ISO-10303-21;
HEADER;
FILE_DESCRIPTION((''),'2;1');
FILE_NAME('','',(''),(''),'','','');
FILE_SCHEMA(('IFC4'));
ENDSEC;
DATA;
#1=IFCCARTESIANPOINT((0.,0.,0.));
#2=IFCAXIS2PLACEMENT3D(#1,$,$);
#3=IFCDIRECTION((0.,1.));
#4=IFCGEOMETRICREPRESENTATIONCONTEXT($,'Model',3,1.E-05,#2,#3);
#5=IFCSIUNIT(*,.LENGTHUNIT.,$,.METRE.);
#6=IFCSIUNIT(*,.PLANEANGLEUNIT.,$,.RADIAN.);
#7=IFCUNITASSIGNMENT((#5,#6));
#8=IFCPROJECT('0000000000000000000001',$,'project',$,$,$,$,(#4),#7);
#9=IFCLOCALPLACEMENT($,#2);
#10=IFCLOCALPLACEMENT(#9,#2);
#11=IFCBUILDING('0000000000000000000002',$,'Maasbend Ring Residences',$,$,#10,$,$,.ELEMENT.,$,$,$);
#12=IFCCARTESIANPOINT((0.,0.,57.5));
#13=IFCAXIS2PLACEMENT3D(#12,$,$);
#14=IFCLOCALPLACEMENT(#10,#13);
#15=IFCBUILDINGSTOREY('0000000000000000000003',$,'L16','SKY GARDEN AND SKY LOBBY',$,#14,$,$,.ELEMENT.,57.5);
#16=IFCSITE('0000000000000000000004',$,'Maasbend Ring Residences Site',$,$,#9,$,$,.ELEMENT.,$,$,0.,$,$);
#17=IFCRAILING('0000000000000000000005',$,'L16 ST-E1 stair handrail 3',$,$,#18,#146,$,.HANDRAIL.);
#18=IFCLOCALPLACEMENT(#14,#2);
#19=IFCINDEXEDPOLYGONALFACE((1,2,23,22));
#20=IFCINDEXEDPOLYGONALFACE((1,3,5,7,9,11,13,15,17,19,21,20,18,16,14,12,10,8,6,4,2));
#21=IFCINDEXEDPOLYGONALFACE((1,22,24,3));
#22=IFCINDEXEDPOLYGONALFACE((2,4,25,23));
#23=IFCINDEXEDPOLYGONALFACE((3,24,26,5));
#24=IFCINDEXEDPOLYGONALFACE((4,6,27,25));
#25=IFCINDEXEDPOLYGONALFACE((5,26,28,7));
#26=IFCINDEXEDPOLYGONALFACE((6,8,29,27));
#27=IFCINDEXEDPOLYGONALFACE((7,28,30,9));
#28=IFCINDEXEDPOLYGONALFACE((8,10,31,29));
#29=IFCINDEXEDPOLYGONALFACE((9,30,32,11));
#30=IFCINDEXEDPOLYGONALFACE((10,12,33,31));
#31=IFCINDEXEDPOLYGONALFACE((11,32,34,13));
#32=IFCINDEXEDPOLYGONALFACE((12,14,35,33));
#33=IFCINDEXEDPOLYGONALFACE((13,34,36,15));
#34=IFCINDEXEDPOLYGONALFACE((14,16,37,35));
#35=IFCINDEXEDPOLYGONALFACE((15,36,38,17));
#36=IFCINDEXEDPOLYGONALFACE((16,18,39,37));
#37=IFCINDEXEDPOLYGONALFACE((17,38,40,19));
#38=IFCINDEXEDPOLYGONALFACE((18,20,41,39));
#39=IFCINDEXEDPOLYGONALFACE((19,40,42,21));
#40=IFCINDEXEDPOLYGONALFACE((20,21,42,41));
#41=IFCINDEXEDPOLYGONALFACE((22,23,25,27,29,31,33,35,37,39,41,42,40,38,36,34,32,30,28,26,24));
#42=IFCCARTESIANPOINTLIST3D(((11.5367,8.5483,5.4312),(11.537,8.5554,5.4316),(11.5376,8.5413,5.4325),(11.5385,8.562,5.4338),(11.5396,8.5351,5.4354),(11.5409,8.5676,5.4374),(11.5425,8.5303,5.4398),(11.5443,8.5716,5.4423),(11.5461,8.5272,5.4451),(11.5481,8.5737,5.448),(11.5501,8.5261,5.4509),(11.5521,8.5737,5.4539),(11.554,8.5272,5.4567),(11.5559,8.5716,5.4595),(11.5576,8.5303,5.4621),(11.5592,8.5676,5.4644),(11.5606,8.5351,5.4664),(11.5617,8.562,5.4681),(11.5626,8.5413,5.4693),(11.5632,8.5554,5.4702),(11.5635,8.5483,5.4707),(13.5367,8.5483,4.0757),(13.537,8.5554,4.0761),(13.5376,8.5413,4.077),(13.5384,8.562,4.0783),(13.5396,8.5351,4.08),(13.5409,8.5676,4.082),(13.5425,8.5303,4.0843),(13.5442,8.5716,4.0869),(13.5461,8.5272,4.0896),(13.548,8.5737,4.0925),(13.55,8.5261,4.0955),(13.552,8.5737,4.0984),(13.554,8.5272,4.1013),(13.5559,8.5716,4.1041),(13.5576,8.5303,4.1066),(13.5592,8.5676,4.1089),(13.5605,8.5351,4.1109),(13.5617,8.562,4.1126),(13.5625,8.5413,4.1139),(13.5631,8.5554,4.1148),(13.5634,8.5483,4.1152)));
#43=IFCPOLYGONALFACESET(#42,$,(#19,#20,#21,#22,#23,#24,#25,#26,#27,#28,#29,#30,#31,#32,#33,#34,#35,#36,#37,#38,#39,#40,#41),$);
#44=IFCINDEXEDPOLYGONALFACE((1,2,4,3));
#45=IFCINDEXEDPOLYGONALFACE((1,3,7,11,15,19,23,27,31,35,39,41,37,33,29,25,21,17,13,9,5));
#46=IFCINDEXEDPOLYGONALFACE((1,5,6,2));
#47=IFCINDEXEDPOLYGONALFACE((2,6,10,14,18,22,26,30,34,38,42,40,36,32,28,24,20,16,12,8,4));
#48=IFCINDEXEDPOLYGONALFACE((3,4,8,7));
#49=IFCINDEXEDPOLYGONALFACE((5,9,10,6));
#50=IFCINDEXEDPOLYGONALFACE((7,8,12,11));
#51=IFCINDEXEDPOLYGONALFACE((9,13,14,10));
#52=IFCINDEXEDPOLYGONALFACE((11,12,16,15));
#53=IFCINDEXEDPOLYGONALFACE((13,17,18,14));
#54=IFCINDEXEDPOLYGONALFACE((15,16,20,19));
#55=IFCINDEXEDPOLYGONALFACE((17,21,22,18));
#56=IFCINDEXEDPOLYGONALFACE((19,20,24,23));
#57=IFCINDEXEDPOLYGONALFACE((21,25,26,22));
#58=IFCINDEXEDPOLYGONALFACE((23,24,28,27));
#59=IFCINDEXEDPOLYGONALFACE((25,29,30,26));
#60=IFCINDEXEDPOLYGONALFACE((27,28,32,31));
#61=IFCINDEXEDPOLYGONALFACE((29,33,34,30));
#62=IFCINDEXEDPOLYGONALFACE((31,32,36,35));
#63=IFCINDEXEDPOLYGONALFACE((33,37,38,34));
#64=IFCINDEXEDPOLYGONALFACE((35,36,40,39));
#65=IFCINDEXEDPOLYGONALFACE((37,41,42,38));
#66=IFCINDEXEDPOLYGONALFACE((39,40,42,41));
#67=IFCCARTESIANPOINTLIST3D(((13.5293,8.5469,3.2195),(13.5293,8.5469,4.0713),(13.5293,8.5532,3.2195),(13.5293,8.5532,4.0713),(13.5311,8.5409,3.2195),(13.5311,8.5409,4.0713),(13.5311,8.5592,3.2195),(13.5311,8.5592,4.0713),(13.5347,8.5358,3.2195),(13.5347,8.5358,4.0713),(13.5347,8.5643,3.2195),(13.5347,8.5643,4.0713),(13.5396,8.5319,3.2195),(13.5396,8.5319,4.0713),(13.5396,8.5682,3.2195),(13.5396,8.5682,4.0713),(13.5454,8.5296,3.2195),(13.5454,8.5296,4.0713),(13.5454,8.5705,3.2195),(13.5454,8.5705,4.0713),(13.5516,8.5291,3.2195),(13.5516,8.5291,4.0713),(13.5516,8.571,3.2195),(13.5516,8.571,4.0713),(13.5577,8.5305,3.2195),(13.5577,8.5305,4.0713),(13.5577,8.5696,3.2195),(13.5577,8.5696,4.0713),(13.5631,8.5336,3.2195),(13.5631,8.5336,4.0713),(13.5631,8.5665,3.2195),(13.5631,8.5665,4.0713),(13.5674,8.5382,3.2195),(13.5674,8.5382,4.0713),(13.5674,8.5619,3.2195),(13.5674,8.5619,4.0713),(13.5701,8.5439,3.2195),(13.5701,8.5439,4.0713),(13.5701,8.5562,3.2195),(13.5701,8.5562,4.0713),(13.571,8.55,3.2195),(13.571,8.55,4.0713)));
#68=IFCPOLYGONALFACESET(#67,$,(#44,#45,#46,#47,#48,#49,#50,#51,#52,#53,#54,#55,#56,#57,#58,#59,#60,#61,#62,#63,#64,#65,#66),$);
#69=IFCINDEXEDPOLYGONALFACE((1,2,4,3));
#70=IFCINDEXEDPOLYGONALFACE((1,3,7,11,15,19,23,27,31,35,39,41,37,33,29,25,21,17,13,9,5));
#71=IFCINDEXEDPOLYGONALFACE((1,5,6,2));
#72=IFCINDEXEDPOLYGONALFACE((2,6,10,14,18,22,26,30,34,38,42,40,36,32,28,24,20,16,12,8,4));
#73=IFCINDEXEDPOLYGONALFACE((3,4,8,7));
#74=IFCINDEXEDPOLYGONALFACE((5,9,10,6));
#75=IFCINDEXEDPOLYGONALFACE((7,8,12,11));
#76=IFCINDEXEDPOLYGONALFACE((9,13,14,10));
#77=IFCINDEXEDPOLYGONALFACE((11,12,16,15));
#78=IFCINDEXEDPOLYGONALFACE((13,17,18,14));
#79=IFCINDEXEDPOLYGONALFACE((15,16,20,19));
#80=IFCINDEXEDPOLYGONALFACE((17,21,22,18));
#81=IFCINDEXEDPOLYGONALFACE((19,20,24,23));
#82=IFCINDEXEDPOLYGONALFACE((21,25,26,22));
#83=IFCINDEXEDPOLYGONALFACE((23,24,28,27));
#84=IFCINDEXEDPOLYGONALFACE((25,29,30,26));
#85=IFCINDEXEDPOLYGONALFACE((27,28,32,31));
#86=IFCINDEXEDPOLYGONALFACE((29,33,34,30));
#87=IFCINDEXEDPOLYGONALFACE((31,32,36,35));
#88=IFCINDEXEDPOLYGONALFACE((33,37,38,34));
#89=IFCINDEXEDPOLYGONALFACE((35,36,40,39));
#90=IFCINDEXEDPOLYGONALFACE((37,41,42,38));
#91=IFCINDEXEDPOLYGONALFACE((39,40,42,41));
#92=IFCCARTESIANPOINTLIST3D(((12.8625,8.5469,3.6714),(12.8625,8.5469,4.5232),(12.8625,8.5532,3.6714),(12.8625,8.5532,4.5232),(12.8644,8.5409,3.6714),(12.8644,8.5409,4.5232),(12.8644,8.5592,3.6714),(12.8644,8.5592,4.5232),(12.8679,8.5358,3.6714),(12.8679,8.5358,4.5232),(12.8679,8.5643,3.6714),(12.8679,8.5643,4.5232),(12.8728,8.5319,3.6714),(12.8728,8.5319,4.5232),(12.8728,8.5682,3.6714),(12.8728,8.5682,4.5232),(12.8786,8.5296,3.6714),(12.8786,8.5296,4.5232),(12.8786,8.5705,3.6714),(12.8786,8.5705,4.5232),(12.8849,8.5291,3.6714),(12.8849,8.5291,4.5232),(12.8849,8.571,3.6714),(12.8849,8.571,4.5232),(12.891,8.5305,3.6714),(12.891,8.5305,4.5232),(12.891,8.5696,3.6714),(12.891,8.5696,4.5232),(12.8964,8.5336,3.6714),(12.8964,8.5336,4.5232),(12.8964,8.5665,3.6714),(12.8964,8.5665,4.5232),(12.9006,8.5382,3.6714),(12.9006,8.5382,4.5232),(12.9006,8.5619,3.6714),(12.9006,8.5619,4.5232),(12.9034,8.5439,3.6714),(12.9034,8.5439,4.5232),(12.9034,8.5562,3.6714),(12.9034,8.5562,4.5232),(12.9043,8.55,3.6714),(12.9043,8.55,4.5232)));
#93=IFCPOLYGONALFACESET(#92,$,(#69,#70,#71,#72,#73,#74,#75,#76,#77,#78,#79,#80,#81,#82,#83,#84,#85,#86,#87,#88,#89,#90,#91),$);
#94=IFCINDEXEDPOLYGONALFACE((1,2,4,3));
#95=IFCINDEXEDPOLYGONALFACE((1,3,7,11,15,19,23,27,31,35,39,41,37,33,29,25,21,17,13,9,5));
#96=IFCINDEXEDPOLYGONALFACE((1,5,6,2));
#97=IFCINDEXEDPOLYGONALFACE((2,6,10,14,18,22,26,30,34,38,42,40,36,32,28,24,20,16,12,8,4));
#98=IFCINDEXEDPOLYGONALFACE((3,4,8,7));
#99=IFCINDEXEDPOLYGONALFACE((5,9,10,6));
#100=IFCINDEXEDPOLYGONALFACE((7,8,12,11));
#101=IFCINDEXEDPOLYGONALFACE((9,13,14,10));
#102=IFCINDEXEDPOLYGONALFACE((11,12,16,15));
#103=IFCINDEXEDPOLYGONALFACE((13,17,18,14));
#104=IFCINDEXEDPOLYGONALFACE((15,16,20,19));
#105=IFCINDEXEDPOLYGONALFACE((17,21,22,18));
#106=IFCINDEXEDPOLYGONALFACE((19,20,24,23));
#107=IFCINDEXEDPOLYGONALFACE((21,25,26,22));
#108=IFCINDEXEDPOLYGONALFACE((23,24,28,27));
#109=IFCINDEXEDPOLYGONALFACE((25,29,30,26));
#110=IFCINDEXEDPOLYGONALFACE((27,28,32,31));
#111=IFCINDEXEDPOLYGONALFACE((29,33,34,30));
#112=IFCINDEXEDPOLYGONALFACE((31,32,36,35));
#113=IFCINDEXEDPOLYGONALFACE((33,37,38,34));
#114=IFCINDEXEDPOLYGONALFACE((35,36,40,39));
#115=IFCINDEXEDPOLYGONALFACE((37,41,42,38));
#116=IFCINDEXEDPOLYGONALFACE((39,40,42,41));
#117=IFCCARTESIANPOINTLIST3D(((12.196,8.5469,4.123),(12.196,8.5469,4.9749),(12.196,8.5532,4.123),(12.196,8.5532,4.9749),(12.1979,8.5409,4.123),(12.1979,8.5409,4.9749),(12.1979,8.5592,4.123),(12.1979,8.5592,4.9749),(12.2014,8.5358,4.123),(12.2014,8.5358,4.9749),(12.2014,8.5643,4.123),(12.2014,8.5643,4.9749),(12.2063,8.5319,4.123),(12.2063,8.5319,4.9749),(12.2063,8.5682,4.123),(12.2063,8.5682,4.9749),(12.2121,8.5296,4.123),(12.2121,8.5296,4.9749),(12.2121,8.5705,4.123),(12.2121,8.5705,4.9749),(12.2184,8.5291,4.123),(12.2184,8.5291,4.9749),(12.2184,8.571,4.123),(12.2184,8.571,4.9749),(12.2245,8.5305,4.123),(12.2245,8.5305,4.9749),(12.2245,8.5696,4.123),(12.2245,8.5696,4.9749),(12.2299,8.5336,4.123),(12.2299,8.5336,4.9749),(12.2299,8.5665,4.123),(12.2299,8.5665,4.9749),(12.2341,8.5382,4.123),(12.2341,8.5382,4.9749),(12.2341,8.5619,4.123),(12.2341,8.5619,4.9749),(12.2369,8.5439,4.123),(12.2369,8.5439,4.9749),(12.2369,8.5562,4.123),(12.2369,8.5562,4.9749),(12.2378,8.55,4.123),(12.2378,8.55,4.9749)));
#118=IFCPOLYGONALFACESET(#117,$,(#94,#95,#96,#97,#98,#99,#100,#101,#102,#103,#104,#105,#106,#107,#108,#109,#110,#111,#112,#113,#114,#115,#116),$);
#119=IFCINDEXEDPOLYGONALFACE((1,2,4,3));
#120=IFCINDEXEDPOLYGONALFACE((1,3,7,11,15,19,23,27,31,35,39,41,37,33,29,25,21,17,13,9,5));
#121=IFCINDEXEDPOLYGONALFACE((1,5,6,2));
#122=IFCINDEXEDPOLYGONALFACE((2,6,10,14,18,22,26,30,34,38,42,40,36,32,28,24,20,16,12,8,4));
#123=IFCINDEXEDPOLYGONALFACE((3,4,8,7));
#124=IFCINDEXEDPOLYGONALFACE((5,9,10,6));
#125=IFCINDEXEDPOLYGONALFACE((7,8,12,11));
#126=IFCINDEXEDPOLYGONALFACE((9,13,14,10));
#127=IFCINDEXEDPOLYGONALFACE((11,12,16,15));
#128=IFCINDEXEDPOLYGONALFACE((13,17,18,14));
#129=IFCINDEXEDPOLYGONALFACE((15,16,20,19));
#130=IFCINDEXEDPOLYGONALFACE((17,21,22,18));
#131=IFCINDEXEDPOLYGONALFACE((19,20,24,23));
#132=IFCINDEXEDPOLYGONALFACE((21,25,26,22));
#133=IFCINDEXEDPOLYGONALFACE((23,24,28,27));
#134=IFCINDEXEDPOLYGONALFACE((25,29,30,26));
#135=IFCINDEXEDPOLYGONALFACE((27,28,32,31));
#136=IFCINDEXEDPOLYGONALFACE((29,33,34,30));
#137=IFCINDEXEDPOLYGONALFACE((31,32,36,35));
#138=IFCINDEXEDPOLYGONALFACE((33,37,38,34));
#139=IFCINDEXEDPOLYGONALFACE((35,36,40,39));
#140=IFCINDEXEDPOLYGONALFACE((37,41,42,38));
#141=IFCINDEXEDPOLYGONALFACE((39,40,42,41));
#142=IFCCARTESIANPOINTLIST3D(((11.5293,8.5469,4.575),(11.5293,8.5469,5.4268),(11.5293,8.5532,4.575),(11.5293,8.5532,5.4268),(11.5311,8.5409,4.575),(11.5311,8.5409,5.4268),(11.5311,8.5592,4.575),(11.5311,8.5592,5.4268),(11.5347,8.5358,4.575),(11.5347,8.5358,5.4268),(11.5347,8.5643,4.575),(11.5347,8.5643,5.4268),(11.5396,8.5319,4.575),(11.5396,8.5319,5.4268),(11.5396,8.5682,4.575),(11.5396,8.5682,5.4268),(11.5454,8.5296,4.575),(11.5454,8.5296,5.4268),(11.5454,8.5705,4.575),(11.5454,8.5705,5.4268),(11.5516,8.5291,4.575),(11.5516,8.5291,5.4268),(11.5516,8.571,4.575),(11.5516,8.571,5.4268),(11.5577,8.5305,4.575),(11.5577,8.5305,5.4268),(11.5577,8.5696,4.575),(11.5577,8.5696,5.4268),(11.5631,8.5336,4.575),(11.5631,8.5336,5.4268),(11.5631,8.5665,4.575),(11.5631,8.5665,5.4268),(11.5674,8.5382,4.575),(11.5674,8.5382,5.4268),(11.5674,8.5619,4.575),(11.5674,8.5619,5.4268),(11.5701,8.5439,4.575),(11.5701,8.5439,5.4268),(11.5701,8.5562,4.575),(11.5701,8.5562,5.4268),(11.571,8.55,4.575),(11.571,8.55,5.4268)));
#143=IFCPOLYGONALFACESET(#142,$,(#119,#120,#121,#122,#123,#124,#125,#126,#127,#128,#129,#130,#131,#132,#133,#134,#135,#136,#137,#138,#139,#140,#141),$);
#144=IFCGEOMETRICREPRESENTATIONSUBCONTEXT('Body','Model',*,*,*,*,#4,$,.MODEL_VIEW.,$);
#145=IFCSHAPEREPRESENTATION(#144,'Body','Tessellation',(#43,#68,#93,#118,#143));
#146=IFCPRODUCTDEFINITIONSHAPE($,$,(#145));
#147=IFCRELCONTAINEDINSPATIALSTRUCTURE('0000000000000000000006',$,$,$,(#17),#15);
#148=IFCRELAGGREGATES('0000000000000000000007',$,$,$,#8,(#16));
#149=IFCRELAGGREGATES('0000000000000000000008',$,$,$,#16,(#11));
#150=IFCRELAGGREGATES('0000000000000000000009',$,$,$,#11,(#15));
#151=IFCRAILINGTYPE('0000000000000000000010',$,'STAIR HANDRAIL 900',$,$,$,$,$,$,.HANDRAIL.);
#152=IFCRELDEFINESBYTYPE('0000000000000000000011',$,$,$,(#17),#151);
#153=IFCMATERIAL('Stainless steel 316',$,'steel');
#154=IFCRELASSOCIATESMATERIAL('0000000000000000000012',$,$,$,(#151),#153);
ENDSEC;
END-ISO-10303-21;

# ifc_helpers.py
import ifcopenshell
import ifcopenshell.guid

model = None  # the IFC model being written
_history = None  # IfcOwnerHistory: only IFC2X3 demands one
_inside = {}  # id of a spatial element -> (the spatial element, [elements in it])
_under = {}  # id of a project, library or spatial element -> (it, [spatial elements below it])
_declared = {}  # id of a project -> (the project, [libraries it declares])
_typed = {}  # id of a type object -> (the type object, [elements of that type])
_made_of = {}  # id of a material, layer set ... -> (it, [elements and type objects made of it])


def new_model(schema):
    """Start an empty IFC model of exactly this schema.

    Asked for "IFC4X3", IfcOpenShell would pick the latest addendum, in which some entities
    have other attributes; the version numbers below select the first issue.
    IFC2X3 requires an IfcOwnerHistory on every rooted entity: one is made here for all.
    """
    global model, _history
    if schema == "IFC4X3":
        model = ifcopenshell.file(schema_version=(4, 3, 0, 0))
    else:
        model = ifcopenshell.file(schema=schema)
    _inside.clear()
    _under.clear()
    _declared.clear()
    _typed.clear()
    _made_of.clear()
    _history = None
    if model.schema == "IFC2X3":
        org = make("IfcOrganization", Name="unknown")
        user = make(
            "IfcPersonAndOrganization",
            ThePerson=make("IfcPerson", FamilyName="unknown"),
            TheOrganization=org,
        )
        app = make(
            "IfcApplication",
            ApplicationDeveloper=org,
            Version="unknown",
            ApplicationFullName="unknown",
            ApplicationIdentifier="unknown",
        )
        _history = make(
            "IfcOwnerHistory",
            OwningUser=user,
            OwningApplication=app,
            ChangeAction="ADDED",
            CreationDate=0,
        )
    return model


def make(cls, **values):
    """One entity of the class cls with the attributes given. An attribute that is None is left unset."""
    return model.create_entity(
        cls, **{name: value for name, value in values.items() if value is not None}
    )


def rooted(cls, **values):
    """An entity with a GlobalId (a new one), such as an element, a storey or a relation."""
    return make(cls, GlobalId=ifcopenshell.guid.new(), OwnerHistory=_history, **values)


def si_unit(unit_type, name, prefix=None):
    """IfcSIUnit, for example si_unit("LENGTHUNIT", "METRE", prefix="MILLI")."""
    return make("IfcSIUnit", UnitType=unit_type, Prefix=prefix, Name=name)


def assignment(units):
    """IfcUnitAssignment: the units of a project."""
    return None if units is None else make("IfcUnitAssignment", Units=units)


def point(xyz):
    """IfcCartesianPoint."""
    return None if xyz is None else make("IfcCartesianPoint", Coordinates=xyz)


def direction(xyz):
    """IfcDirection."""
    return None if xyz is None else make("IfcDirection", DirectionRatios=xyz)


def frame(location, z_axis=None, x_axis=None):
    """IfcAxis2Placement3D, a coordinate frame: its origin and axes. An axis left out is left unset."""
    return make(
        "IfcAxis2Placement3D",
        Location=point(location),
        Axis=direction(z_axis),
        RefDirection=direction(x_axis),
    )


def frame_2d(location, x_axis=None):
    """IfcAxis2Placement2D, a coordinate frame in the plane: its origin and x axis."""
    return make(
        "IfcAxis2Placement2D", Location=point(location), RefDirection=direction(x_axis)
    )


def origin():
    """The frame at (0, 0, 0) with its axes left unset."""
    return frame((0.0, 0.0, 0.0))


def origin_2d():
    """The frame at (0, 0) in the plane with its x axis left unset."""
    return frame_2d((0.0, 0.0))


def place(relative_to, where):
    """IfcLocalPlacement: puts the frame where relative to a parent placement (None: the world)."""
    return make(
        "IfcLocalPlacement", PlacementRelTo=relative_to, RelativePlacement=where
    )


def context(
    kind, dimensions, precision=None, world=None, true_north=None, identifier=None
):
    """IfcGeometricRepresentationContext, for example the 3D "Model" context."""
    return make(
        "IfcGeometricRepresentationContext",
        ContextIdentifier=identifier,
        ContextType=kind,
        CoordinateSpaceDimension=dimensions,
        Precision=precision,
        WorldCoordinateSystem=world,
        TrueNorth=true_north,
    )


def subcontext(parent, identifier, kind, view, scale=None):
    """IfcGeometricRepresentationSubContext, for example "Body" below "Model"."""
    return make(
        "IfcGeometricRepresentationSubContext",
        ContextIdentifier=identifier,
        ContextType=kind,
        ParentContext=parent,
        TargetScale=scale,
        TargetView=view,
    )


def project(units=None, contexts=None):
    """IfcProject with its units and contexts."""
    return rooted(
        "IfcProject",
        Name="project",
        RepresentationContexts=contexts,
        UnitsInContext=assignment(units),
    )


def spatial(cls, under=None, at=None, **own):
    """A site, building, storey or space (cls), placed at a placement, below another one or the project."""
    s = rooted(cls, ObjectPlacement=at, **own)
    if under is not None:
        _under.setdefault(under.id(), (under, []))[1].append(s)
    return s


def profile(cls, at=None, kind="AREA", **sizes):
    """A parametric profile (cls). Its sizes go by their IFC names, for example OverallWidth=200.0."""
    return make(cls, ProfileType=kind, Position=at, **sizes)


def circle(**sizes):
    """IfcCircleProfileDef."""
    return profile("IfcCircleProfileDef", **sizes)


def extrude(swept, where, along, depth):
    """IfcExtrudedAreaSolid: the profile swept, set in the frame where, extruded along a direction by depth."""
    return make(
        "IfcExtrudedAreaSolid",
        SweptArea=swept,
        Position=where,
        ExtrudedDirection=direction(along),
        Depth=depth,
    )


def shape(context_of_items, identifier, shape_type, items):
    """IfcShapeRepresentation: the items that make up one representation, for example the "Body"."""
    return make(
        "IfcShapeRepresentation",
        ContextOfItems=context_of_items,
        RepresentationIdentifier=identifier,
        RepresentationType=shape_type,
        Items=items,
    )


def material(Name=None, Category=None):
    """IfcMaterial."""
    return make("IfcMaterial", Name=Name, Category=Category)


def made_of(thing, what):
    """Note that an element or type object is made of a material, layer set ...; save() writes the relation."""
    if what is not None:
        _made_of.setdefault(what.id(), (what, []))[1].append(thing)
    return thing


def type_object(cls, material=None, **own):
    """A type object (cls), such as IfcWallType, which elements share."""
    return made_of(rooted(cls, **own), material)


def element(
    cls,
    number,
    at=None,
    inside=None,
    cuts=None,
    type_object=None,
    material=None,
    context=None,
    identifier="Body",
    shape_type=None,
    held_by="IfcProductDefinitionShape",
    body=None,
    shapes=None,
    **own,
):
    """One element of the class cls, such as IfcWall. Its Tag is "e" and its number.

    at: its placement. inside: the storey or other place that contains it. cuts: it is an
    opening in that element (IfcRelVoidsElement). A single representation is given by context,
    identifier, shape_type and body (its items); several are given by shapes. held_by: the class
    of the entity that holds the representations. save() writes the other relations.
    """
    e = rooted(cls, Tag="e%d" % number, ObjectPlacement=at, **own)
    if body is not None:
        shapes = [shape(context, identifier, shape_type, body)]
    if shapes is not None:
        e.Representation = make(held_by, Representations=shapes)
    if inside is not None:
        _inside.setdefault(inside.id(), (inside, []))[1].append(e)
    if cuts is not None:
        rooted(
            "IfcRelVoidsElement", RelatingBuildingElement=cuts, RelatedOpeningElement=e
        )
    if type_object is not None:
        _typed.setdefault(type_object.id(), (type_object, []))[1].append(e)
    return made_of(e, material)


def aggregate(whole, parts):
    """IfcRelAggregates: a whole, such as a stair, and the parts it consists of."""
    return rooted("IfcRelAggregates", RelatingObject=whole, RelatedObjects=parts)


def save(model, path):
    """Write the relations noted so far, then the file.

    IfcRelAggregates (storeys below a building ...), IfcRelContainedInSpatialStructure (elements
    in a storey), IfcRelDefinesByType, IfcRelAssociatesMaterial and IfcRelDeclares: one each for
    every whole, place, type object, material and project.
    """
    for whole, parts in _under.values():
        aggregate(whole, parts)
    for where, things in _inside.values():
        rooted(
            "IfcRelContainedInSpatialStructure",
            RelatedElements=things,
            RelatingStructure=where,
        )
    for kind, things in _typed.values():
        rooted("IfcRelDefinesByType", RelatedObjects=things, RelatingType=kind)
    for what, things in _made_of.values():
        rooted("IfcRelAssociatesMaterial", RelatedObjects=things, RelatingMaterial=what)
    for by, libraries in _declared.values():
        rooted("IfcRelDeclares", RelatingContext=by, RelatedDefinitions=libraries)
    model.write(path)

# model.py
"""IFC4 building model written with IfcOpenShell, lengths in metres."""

from ifc_helpers import new_model, si_unit, direction, frame, origin, origin_2d, place, context, subcontext, project, spatial, circle, extrude, material, type_object, element, save


model = new_model("IFC4")

# Units and contexts
model_context = context("Model", 3, precision=1e-05, world=origin(), true_north=direction((0.0, 1.0)))
body_context = subcontext(model_context, "Body", "Model", "MODEL_VIEW")
ifc_project = project(units=[si_unit("LENGTHUNIT", "METRE"), si_unit("PLANEANGLEUNIT", "RADIAN")], contexts=[model_context])

# Site, building, storey
site_placement = place(None, origin())
site = spatial("IfcSite", under=ifc_project, at=site_placement, Name="Maasbend Ring Residences Site", CompositionType="ELEMENT", RefElevation=0.0)
building_placement = place(site_placement, origin())
building = spatial("IfcBuilding", under=site, at=building_placement, Name="Maasbend Ring Residences", CompositionType="ELEMENT")
storey_placement = place(building_placement, frame((0.0, 0.0, 57.5)))
storey = spatial("IfcBuildingStorey", under=building, at=storey_placement, Name="L16", Description="SKY GARDEN AND SKY LOBBY", CompositionType="ELEMENT", Elevation=57.5)

# Railing
ifc_material_1 = material(Name="Stainless steel 316", Category="steel")
railing_type_1 = type_object("IfcRailingType", Name="STAIR HANDRAIL 900", PredefinedType="HANDRAIL", material=ifc_material_1)
for number, where, name in (
    (1, (13.55, 8.55, 3.2195), "L16 ST-E1 stair handrail 3"),
):
    element("IfcRailing", number, at=place(storey_placement, frame(where)), inside=storey, type_object=railing_type_1, Name=name, PredefinedType="HANDRAIL", context=body_context, shape_type="SweptSolid", body=[
        extrude(circle(Radius=0.0239, at=origin_2d()), frame((0.0, 0.0, 0.876), z_axis=(-0.827798, 0.0, 0.561027), x_axis=(0.0, -1.0, 0.0)), (0.0, 0.0, 1.0), 2.416),
        extrude(circle(Radius=0.021, at=origin_2d()), origin(), (0.0, 0.0, 1.0), 0.8518),
        extrude(circle(Radius=0.021, at=origin_2d()), frame((-0.6667, 0.0, 0.4519)), (0.0, 0.0, 1.0), 0.8518),
        extrude(circle(Radius=0.021, at=origin_2d()), frame((-1.3333, 0.0, 0.9036)), (0.0, 0.0, 1.0), 0.8518),
        extrude(circle(Radius=0.021, at=origin_2d()), frame((-2.0, 0.0, 1.3555)), (0.0, 0.0, 1.0), 0.8518),
    ])

save(model, "model.ifc")
